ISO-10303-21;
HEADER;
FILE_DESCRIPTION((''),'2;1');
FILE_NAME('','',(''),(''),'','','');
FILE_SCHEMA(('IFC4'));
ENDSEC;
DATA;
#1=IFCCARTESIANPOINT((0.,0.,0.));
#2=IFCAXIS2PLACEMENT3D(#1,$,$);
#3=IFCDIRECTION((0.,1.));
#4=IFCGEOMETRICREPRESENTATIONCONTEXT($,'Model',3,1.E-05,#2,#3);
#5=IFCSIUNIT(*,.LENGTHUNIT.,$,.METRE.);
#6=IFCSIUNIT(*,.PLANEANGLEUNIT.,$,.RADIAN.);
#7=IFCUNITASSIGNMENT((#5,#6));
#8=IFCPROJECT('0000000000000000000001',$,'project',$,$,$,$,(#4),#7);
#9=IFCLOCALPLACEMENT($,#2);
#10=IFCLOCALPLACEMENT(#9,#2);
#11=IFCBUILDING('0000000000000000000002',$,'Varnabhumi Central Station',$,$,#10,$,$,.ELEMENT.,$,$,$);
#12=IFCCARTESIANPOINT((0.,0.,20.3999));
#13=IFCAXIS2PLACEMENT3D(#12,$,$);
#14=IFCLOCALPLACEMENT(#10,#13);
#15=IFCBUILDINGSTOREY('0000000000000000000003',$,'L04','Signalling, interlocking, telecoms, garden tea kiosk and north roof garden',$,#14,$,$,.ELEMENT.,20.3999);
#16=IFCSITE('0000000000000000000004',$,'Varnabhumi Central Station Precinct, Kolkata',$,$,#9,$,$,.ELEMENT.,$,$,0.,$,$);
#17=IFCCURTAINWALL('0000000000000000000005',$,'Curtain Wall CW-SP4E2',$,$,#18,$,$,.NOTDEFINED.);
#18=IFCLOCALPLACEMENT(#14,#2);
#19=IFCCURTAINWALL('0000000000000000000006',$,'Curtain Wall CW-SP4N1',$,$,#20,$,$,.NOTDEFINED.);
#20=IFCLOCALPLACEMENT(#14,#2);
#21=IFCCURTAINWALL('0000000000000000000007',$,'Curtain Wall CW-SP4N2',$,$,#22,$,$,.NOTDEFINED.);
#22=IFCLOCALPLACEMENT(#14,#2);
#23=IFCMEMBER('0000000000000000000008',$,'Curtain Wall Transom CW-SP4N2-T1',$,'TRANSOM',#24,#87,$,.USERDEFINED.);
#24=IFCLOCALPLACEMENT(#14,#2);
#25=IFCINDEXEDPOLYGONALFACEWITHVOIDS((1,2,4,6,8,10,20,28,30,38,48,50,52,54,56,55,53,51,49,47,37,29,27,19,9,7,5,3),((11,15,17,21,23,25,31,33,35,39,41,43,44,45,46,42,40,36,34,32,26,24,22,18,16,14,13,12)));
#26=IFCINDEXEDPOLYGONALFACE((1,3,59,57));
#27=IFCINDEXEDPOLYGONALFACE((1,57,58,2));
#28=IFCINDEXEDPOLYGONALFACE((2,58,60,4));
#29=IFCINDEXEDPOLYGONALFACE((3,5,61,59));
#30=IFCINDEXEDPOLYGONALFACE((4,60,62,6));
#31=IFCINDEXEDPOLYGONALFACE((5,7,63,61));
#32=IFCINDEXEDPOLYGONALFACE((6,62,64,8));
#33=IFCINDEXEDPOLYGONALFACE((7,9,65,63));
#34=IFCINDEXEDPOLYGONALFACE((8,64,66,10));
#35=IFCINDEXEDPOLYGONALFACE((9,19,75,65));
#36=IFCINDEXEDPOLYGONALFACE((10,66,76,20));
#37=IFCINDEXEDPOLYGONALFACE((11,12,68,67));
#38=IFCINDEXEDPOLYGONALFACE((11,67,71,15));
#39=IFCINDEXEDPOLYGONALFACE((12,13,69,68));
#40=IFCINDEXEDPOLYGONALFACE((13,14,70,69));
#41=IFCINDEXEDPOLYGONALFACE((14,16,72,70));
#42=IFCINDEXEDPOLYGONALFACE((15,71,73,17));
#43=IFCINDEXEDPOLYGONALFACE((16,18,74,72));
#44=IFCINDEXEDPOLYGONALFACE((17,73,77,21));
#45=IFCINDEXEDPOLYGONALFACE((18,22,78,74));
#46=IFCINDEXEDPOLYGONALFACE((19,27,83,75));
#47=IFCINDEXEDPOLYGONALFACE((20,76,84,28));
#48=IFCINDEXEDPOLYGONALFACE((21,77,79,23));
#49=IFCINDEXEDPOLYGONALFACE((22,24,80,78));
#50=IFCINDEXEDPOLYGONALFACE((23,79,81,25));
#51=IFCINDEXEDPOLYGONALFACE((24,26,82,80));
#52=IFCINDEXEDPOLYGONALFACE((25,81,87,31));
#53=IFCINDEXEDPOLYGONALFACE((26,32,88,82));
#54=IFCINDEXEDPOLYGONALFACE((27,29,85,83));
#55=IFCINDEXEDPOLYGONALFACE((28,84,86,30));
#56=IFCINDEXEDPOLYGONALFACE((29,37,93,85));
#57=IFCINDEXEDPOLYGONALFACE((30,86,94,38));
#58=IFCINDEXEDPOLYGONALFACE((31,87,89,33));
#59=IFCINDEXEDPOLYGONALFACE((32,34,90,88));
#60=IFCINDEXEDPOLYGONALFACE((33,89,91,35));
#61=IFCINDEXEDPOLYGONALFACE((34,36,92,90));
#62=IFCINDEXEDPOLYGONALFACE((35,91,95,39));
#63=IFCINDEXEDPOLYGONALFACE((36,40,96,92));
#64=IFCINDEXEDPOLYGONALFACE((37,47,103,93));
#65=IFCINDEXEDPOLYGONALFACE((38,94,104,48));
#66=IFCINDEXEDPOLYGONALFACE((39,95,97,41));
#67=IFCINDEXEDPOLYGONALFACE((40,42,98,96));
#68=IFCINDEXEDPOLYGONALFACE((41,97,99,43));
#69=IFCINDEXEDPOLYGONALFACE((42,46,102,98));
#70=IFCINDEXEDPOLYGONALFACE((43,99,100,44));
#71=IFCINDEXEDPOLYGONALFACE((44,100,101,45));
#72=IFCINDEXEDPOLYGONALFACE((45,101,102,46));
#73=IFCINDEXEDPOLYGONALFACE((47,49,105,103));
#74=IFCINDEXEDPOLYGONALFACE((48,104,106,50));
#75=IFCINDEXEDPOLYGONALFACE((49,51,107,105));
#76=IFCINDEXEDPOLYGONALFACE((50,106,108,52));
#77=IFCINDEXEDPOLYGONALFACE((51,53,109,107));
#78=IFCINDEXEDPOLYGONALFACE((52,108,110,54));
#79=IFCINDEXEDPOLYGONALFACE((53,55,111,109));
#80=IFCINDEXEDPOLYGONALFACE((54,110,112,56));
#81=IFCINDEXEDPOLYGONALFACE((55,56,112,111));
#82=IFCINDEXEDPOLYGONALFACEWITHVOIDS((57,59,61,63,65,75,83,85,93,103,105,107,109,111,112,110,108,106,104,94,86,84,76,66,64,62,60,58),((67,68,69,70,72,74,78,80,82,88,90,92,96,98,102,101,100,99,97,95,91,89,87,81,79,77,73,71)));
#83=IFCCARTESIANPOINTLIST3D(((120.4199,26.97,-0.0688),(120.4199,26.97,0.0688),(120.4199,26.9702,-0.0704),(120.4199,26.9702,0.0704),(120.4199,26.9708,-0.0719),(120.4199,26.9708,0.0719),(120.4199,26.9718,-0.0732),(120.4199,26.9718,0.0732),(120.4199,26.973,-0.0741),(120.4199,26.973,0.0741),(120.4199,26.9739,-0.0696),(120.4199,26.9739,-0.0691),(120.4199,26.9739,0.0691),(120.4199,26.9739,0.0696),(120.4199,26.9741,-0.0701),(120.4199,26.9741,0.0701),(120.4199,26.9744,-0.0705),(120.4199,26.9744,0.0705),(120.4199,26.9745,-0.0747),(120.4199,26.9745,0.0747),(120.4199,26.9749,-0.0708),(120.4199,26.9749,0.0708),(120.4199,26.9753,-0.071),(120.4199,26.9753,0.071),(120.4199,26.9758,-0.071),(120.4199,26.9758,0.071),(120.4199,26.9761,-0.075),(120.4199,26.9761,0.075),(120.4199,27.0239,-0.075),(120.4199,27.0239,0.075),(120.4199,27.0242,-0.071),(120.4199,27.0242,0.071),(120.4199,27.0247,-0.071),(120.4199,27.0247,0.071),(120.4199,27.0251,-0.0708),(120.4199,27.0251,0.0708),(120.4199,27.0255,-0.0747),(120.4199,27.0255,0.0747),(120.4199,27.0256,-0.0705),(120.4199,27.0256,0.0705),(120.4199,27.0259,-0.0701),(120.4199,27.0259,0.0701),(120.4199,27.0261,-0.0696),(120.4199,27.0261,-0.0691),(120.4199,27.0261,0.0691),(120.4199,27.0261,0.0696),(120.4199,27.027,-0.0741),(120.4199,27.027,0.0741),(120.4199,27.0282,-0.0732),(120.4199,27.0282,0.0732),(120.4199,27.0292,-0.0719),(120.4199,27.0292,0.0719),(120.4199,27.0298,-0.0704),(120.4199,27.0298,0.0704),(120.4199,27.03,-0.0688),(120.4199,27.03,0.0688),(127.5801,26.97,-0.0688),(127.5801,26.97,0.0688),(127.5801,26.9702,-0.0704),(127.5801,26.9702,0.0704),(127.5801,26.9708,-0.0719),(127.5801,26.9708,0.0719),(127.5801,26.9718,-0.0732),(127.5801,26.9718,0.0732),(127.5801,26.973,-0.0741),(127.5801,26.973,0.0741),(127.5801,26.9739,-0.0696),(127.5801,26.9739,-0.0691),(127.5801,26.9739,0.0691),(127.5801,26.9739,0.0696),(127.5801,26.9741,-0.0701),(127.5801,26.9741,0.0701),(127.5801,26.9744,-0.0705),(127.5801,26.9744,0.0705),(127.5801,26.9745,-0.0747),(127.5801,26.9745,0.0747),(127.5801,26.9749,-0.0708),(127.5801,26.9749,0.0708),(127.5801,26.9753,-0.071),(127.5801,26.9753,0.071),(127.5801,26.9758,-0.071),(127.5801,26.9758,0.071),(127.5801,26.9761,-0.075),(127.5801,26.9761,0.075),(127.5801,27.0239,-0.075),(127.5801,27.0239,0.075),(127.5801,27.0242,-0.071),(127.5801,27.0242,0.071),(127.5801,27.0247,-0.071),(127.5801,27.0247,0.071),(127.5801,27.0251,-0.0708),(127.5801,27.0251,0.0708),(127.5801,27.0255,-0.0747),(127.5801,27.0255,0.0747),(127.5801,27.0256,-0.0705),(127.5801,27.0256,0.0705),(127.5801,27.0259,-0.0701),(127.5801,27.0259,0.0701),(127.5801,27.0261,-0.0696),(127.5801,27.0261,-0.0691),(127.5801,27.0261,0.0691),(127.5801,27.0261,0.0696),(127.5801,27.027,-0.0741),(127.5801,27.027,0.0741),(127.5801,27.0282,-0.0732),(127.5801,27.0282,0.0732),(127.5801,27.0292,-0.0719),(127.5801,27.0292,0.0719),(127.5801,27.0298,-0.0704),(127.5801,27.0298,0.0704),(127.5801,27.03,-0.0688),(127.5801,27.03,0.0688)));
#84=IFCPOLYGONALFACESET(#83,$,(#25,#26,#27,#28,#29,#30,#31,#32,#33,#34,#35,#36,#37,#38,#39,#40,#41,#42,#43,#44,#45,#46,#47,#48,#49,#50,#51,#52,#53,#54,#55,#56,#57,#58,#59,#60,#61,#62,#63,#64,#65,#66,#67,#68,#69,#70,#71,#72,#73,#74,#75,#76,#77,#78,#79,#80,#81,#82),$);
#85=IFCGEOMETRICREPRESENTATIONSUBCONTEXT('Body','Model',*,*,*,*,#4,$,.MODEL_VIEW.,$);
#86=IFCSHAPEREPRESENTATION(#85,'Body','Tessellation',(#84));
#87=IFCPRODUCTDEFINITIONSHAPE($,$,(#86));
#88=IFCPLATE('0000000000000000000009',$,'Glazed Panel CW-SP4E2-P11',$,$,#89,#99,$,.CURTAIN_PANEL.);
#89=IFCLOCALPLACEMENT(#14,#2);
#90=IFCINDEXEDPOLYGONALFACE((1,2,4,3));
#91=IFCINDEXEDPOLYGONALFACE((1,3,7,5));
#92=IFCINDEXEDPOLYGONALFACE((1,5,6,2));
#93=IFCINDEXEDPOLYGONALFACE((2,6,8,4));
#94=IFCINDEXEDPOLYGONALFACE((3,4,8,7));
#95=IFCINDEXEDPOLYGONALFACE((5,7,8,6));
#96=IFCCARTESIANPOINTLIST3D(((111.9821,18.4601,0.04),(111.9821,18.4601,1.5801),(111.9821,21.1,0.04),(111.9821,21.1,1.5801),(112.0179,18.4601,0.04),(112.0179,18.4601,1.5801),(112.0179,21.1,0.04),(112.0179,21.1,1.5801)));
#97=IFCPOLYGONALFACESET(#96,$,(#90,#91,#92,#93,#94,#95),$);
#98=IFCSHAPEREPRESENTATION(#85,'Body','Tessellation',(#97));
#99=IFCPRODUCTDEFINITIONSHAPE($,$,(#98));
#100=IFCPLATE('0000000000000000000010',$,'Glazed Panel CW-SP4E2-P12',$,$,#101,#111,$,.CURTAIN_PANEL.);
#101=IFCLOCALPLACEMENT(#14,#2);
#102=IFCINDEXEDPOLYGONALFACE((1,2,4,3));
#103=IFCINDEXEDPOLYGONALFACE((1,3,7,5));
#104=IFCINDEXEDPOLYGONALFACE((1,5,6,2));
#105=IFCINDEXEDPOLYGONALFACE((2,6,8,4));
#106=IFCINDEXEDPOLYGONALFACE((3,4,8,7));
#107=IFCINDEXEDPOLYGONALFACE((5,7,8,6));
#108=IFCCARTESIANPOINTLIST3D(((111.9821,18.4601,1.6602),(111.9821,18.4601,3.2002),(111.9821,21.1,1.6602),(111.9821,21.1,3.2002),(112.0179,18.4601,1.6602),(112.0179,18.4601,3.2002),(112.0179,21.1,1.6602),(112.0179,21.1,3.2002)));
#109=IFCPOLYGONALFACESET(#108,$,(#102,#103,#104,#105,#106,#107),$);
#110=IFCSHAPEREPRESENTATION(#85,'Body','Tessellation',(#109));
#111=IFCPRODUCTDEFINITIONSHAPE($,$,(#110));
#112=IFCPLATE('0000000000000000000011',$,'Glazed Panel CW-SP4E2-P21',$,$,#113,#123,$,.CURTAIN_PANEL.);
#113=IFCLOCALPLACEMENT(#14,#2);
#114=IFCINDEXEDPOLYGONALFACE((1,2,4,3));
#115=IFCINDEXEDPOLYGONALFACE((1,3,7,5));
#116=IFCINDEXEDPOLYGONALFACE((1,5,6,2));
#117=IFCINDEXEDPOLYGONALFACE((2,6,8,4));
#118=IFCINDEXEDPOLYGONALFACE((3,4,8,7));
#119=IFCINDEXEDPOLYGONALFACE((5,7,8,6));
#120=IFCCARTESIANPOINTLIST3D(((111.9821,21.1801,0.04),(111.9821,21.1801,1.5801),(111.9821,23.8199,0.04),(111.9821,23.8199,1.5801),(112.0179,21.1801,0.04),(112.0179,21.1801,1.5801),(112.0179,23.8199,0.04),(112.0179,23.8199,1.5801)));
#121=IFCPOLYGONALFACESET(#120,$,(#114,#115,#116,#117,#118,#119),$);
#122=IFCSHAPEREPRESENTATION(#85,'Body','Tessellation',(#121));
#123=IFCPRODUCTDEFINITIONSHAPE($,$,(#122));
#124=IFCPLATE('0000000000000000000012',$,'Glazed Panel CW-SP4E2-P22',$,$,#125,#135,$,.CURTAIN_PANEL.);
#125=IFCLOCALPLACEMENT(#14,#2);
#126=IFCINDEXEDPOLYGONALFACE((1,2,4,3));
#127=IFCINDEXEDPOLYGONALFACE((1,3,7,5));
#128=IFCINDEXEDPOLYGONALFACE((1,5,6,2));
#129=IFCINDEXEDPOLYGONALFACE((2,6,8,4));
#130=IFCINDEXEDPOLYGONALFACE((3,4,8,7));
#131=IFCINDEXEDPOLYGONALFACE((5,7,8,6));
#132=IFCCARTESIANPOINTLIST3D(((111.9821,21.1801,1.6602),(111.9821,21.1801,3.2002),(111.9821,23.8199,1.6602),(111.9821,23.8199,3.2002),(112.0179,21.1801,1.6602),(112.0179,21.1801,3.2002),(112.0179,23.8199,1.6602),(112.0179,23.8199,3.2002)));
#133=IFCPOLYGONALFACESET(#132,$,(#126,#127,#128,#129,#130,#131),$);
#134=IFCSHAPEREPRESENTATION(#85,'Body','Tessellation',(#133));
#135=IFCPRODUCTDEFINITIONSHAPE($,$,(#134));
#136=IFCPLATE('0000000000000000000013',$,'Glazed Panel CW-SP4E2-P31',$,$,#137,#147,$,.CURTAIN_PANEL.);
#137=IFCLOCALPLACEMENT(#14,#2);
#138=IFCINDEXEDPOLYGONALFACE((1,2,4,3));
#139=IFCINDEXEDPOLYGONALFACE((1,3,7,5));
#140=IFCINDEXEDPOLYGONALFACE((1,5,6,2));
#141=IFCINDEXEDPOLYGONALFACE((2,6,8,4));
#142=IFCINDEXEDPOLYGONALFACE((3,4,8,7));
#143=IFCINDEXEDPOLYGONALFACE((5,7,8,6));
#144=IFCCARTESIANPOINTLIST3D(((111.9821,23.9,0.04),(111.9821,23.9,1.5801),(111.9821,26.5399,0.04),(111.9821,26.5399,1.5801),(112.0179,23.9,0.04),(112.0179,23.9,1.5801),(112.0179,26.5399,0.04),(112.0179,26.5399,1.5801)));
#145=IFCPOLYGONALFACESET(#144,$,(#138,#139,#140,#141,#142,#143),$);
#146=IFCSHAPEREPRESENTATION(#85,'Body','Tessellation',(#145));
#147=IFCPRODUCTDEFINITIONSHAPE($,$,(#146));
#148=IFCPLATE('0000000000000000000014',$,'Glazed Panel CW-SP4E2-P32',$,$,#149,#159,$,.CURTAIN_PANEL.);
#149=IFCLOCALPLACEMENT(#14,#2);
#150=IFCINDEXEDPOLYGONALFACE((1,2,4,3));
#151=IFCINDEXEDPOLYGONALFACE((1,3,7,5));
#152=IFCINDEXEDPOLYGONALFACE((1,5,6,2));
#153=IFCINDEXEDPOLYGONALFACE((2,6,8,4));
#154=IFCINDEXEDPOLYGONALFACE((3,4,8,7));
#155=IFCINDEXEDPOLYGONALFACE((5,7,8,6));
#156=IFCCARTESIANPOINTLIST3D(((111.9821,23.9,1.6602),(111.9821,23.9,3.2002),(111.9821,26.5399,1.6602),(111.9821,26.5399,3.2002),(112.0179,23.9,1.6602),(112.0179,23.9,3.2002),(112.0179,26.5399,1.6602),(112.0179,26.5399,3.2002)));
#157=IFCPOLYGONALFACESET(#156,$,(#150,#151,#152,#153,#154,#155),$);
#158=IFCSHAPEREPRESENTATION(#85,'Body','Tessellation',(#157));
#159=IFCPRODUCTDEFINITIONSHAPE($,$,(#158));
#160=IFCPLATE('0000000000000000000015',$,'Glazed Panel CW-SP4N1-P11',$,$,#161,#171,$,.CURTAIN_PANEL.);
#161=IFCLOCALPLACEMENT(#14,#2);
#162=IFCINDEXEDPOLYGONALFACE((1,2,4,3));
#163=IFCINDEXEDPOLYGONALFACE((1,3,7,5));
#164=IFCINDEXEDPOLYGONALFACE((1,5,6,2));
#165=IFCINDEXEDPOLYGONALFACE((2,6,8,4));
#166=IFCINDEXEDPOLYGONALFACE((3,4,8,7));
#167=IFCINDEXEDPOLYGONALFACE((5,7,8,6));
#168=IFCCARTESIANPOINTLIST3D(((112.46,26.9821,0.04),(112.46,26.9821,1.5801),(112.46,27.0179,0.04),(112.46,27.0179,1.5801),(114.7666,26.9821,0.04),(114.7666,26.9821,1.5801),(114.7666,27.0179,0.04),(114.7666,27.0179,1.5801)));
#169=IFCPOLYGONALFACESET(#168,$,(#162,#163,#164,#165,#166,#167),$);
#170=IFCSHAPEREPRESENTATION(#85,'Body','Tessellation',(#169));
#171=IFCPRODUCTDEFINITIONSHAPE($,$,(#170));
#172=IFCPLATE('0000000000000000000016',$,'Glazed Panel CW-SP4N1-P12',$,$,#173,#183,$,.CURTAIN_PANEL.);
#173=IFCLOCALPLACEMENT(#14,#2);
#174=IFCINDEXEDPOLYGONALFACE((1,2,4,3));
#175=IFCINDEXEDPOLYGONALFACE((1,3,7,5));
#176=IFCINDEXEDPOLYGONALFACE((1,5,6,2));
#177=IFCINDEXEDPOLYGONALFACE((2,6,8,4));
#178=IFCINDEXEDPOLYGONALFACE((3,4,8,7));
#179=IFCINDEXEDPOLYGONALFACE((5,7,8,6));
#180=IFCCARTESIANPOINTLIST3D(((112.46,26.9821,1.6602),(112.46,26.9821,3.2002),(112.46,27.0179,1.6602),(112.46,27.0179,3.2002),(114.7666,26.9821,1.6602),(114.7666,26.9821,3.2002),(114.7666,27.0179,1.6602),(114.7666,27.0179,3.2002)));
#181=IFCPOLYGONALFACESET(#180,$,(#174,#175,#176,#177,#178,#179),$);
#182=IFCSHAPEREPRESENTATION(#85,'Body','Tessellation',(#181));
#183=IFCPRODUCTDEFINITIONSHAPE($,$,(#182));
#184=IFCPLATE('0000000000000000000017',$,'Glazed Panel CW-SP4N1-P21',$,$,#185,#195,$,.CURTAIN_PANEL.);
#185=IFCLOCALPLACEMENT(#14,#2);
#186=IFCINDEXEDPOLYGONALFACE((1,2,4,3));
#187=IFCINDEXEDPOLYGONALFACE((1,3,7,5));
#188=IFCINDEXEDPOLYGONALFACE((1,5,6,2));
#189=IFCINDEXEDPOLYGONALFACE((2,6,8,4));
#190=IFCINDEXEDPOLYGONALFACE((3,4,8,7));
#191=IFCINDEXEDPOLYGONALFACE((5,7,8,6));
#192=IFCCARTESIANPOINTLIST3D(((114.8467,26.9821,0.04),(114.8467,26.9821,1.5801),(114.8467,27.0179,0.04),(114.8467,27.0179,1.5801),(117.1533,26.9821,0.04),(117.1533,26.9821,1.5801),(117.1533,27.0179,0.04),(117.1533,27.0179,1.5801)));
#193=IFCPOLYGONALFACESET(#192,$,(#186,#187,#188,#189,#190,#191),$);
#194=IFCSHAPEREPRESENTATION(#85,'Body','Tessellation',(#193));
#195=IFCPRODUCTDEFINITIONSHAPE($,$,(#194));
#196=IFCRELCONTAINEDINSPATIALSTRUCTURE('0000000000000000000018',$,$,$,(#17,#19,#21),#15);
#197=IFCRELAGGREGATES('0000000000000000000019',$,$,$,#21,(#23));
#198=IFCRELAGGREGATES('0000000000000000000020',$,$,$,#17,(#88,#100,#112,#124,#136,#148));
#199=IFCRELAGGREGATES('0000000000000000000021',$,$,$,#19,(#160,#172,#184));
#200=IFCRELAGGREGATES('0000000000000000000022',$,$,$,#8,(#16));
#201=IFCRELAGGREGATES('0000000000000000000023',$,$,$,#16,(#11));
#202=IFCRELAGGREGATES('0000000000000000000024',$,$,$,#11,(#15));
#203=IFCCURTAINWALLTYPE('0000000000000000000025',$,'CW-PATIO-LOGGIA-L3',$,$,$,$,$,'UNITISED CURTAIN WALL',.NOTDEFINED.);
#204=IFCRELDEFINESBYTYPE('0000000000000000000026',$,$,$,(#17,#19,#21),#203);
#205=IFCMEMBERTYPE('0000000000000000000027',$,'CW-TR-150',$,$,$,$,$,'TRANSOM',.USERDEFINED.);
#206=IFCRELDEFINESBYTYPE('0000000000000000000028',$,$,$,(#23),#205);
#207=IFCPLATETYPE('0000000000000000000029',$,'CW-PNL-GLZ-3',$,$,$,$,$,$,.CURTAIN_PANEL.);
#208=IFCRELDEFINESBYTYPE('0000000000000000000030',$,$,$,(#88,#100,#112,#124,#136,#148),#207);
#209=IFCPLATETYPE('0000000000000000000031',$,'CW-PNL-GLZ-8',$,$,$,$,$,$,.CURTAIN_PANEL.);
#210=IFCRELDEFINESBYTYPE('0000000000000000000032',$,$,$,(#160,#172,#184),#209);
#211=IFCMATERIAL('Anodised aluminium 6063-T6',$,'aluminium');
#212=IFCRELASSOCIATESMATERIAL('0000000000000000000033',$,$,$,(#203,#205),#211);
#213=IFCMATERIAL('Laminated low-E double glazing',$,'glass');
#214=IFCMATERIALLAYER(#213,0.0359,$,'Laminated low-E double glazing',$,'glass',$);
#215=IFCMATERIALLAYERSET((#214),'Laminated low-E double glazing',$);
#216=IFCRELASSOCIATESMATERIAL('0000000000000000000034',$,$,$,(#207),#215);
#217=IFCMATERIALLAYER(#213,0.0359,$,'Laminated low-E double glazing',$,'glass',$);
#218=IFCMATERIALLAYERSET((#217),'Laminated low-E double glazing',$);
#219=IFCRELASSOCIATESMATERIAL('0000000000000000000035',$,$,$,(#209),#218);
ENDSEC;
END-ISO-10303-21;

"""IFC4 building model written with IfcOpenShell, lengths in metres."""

from ifc_helpers import new_model, si_unit, direction, frame, origin, origin_2d, place, context, subcontext, project, spatial, rectangle, hollow_rectangle, extrude, material, layer, layer_set, material_profile, profile_set, type_object, element, aggregate, save


model = new_model("IFC4")

# Units and contexts
model_context = context("Model", 3, precision=1e-05, world=origin(), true_north=direction((0.0, 1.0)))
body_context = subcontext(model_context, "Body", "Model", "MODEL_VIEW")
ifc_project = project(units=[si_unit("LENGTHUNIT", "METRE"), si_unit("PLANEANGLEUNIT", "RADIAN")], contexts=[model_context])

# Site, building, storey
site_placement = place(None, origin())
site = spatial("IfcSite", under=ifc_project, at=site_placement, Name="Varnabhumi Central Station Precinct, Kolkata", CompositionType="ELEMENT", RefElevation=0.0)
building_placement = place(site_placement, origin())
building = spatial("IfcBuilding", under=site, at=building_placement, Name="Varnabhumi Central Station", CompositionType="ELEMENT")
storey_placement = place(building_placement, frame((0.0, 0.0, 20.3999)))
storey = spatial("IfcBuildingStorey", under=building, at=storey_placement, Name="L04", Description="Signalling, interlocking, telecoms, garden tea kiosk and north roof garden", CompositionType="ELEMENT", Elevation=20.3999)

# Curtain walls
ifc_material_1 = material(Name="Anodised aluminium 6063-T6", Category="aluminium")
curtain_wall_type = type_object("IfcCurtainWallType", Name="CW-PATIO-LOGGIA-L3", ElementType="UNITISED CURTAIN WALL", PredefinedType="NOTDEFINED", material=ifc_material_1)
curtain_wall_1_placement = place(storey_placement, origin())
curtain_wall_1 = element("IfcCurtainWall", 1, at=curtain_wall_1_placement, inside=storey, type_object=curtain_wall_type, Name="Curtain Wall CW-SP4E2", PredefinedType="NOTDEFINED")
curtain_wall_2_placement = place(storey_placement, origin())
curtain_wall_2 = element("IfcCurtainWall", 2, at=curtain_wall_2_placement, inside=storey, type_object=curtain_wall_type, Name="Curtain Wall CW-SP4N1", PredefinedType="NOTDEFINED")

# Curtain wall
curtain_wall_3_placement = place(storey_placement, origin())
curtain_wall_3 = element("IfcCurtainWall", 3, at=curtain_wall_3_placement, inside=storey, type_object=curtain_wall_type, Name="Curtain Wall CW-SP4N2", PredefinedType="NOTDEFINED")

# Member
ifc_material_profile_1 = material_profile(ifc_material_1, hollow_rectangle(XDim=0.0601, YDim=0.1499, WallThickness=0.0039, InnerFilletRadius=0.002, OuterFilletRadius=0.0061, at=origin_2d()), Name="Anodised aluminium 6063-T6", Category="aluminium")
ifc_profile_set_1 = profile_set([ifc_material_profile_1], Name="Anodised aluminium 6063-T6")
member_type_1 = type_object("IfcMemberType", Name="CW-TR-150", ElementType="TRANSOM", PredefinedType="USERDEFINED", material=ifc_profile_set_1)
member_1_placement = place(storey_placement, frame((120.4199, 27.0, 0.0), z_axis=(1.0, 0.0, 0.0), x_axis=(0.0, 1.0, 0.0)))
member_1 = element("IfcMember", 4, at=member_1_placement, type_object=member_type_1, Name="Curtain Wall Transom CW-SP4N2-T1", ObjectType="TRANSOM", PredefinedType="USERDEFINED", context=body_context, shape_type="SweptSolid", body=[
    extrude(hollow_rectangle(XDim=0.0601, YDim=0.1499, WallThickness=0.0039, InnerFilletRadius=0.002, OuterFilletRadius=0.0061, at=origin_2d()), origin(), (0.0, 0.0, 1.0), 7.1602),
])
aggregate(curtain_wall_3, [member_1])

# Plates
ifc_material_2 = material(Name="Laminated low-E double glazing", Category="glass")
ifc_layer_1 = layer(ifc_material_2, 0.0359, Name="Laminated low-E double glazing", Category="glass")
ifc_layer_set_1 = layer_set([ifc_layer_1], Name="Laminated low-E double glazing")
plate_type_1 = type_object("IfcPlateType", Name="CW-PNL-GLZ-3", PredefinedType="CURTAIN_PANEL", material=ifc_layer_set_1)
plate_1_placement = place(storey_placement, frame((112.0, 19.78, 0.04), z_axis=(0.0, 0.0, 1.0), x_axis=(0.0, 1.0, 0.0)))
plate_1 = element("IfcPlate", 5, at=plate_1_placement, type_object=plate_type_1, Name="Glazed Panel CW-SP4E2-P11", PredefinedType="CURTAIN_PANEL", context=body_context, shape_type="SweptSolid", body=[
    extrude(rectangle(XDim=2.6399, YDim=0.0359, at=origin_2d()), origin(), (0.0, 0.0, 1.0), 1.54),
])
plate_2_placement = place(storey_placement, frame((112.0, 19.78, 1.6602), z_axis=(0.0, 0.0, 1.0), x_axis=(0.0, 1.0, 0.0)))
plate_2 = element("IfcPlate", 6, at=plate_2_placement, type_object=plate_type_1, Name="Glazed Panel CW-SP4E2-P12", PredefinedType="CURTAIN_PANEL", context=body_context, shape_type="SweptSolid", body=[
    extrude(rectangle(XDim=2.6399, YDim=0.0359, at=origin_2d()), origin(), (0.0, 0.0, 1.0), 1.54),
])
plate_3_placement = place(storey_placement, frame((112.0, 22.5, 0.04), z_axis=(0.0, 0.0, 1.0), x_axis=(0.0, 1.0, 0.0)))
plate_3 = element("IfcPlate", 7, at=plate_3_placement, type_object=plate_type_1, Name="Glazed Panel CW-SP4E2-P21", PredefinedType="CURTAIN_PANEL", context=body_context, shape_type="SweptSolid", body=[
    extrude(rectangle(XDim=2.6399, YDim=0.0359, at=origin_2d()), origin(), (0.0, 0.0, 1.0), 1.54),
])
plate_4_placement = place(storey_placement, frame((112.0, 22.5, 1.6602), z_axis=(0.0, 0.0, 1.0), x_axis=(0.0, 1.0, 0.0)))
plate_4 = element("IfcPlate", 8, at=plate_4_placement, type_object=plate_type_1, Name="Glazed Panel CW-SP4E2-P22", PredefinedType="CURTAIN_PANEL", context=body_context, shape_type="SweptSolid", body=[
    extrude(rectangle(XDim=2.6399, YDim=0.0359, at=origin_2d()), origin(), (0.0, 0.0, 1.0), 1.54),
])
plate_5_placement = place(storey_placement, frame((112.0, 25.22, 0.04), z_axis=(0.0, 0.0, 1.0), x_axis=(0.0, 1.0, 0.0)))
plate_5 = element("IfcPlate", 9, at=plate_5_placement, type_object=plate_type_1, Name="Glazed Panel CW-SP4E2-P31", PredefinedType="CURTAIN_PANEL", context=body_context, shape_type="SweptSolid", body=[
    extrude(rectangle(XDim=2.6399, YDim=0.0359, at=origin_2d()), origin(), (0.0, 0.0, 1.0), 1.54),
])
plate_6_placement = place(storey_placement, frame((112.0, 25.22, 1.6602), z_axis=(0.0, 0.0, 1.0), x_axis=(0.0, 1.0, 0.0)))
plate_6 = element("IfcPlate", 10, at=plate_6_placement, type_object=plate_type_1, Name="Glazed Panel CW-SP4E2-P32", PredefinedType="CURTAIN_PANEL", context=body_context, shape_type="SweptSolid", body=[
    extrude(rectangle(XDim=2.6399, YDim=0.0359, at=origin_2d()), origin(), (0.0, 0.0, 1.0), 1.54),
])
aggregate(curtain_wall_1, [plate_1, plate_2, plate_3, plate_4, plate_5, plate_6])
ifc_layer_2 = layer(ifc_material_2, 0.0359, Name="Laminated low-E double glazing", Category="glass")
ifc_layer_set_2 = layer_set([ifc_layer_2], Name="Laminated low-E double glazing")
plate_type_2 = type_object("IfcPlateType", Name="CW-PNL-GLZ-8", PredefinedType="CURTAIN_PANEL", material=ifc_layer_set_2)
plate_7_placement = place(storey_placement, frame((113.6133, 27.0, 0.04), z_axis=(0.0, 0.0, 1.0), x_axis=(1.0, 0.0, 0.0)))
plate_7 = element("IfcPlate", 11, at=plate_7_placement, type_object=plate_type_2, Name="Glazed Panel CW-SP4N1-P11", PredefinedType="CURTAIN_PANEL", context=body_context, shape_type="SweptSolid", body=[
    extrude(rectangle(XDim=2.3066, YDim=0.0359, at=origin_2d()), origin(), (0.0, 0.0, 1.0), 1.54),
])
plate_8_placement = place(storey_placement, frame((113.6133, 27.0, 1.6602), z_axis=(0.0, 0.0, 1.0), x_axis=(1.0, 0.0, 0.0)))
plate_8 = element("IfcPlate", 12, at=plate_8_placement, type_object=plate_type_2, Name="Glazed Panel CW-SP4N1-P12", PredefinedType="CURTAIN_PANEL", context=body_context, shape_type="SweptSolid", body=[
    extrude(rectangle(XDim=2.3066, YDim=0.0359, at=origin_2d()), origin(), (0.0, 0.0, 1.0), 1.54),
])
plate_9_placement = place(storey_placement, frame((116.0, 27.0, 0.04), z_axis=(0.0, 0.0, 1.0), x_axis=(1.0, 0.0, 0.0)))
plate_9 = element("IfcPlate", 13, at=plate_9_placement, type_object=plate_type_2, Name="Glazed Panel CW-SP4N1-P21", PredefinedType="CURTAIN_PANEL", context=body_context, shape_type="SweptSolid", body=[
    extrude(rectangle(XDim=2.3066, YDim=0.0359, at=origin_2d()), origin(), (0.0, 0.0, 1.0), 1.54),
])
aggregate(curtain_wall_2, [plate_7, plate_8, plate_9])

save(model, "model.ifc")
